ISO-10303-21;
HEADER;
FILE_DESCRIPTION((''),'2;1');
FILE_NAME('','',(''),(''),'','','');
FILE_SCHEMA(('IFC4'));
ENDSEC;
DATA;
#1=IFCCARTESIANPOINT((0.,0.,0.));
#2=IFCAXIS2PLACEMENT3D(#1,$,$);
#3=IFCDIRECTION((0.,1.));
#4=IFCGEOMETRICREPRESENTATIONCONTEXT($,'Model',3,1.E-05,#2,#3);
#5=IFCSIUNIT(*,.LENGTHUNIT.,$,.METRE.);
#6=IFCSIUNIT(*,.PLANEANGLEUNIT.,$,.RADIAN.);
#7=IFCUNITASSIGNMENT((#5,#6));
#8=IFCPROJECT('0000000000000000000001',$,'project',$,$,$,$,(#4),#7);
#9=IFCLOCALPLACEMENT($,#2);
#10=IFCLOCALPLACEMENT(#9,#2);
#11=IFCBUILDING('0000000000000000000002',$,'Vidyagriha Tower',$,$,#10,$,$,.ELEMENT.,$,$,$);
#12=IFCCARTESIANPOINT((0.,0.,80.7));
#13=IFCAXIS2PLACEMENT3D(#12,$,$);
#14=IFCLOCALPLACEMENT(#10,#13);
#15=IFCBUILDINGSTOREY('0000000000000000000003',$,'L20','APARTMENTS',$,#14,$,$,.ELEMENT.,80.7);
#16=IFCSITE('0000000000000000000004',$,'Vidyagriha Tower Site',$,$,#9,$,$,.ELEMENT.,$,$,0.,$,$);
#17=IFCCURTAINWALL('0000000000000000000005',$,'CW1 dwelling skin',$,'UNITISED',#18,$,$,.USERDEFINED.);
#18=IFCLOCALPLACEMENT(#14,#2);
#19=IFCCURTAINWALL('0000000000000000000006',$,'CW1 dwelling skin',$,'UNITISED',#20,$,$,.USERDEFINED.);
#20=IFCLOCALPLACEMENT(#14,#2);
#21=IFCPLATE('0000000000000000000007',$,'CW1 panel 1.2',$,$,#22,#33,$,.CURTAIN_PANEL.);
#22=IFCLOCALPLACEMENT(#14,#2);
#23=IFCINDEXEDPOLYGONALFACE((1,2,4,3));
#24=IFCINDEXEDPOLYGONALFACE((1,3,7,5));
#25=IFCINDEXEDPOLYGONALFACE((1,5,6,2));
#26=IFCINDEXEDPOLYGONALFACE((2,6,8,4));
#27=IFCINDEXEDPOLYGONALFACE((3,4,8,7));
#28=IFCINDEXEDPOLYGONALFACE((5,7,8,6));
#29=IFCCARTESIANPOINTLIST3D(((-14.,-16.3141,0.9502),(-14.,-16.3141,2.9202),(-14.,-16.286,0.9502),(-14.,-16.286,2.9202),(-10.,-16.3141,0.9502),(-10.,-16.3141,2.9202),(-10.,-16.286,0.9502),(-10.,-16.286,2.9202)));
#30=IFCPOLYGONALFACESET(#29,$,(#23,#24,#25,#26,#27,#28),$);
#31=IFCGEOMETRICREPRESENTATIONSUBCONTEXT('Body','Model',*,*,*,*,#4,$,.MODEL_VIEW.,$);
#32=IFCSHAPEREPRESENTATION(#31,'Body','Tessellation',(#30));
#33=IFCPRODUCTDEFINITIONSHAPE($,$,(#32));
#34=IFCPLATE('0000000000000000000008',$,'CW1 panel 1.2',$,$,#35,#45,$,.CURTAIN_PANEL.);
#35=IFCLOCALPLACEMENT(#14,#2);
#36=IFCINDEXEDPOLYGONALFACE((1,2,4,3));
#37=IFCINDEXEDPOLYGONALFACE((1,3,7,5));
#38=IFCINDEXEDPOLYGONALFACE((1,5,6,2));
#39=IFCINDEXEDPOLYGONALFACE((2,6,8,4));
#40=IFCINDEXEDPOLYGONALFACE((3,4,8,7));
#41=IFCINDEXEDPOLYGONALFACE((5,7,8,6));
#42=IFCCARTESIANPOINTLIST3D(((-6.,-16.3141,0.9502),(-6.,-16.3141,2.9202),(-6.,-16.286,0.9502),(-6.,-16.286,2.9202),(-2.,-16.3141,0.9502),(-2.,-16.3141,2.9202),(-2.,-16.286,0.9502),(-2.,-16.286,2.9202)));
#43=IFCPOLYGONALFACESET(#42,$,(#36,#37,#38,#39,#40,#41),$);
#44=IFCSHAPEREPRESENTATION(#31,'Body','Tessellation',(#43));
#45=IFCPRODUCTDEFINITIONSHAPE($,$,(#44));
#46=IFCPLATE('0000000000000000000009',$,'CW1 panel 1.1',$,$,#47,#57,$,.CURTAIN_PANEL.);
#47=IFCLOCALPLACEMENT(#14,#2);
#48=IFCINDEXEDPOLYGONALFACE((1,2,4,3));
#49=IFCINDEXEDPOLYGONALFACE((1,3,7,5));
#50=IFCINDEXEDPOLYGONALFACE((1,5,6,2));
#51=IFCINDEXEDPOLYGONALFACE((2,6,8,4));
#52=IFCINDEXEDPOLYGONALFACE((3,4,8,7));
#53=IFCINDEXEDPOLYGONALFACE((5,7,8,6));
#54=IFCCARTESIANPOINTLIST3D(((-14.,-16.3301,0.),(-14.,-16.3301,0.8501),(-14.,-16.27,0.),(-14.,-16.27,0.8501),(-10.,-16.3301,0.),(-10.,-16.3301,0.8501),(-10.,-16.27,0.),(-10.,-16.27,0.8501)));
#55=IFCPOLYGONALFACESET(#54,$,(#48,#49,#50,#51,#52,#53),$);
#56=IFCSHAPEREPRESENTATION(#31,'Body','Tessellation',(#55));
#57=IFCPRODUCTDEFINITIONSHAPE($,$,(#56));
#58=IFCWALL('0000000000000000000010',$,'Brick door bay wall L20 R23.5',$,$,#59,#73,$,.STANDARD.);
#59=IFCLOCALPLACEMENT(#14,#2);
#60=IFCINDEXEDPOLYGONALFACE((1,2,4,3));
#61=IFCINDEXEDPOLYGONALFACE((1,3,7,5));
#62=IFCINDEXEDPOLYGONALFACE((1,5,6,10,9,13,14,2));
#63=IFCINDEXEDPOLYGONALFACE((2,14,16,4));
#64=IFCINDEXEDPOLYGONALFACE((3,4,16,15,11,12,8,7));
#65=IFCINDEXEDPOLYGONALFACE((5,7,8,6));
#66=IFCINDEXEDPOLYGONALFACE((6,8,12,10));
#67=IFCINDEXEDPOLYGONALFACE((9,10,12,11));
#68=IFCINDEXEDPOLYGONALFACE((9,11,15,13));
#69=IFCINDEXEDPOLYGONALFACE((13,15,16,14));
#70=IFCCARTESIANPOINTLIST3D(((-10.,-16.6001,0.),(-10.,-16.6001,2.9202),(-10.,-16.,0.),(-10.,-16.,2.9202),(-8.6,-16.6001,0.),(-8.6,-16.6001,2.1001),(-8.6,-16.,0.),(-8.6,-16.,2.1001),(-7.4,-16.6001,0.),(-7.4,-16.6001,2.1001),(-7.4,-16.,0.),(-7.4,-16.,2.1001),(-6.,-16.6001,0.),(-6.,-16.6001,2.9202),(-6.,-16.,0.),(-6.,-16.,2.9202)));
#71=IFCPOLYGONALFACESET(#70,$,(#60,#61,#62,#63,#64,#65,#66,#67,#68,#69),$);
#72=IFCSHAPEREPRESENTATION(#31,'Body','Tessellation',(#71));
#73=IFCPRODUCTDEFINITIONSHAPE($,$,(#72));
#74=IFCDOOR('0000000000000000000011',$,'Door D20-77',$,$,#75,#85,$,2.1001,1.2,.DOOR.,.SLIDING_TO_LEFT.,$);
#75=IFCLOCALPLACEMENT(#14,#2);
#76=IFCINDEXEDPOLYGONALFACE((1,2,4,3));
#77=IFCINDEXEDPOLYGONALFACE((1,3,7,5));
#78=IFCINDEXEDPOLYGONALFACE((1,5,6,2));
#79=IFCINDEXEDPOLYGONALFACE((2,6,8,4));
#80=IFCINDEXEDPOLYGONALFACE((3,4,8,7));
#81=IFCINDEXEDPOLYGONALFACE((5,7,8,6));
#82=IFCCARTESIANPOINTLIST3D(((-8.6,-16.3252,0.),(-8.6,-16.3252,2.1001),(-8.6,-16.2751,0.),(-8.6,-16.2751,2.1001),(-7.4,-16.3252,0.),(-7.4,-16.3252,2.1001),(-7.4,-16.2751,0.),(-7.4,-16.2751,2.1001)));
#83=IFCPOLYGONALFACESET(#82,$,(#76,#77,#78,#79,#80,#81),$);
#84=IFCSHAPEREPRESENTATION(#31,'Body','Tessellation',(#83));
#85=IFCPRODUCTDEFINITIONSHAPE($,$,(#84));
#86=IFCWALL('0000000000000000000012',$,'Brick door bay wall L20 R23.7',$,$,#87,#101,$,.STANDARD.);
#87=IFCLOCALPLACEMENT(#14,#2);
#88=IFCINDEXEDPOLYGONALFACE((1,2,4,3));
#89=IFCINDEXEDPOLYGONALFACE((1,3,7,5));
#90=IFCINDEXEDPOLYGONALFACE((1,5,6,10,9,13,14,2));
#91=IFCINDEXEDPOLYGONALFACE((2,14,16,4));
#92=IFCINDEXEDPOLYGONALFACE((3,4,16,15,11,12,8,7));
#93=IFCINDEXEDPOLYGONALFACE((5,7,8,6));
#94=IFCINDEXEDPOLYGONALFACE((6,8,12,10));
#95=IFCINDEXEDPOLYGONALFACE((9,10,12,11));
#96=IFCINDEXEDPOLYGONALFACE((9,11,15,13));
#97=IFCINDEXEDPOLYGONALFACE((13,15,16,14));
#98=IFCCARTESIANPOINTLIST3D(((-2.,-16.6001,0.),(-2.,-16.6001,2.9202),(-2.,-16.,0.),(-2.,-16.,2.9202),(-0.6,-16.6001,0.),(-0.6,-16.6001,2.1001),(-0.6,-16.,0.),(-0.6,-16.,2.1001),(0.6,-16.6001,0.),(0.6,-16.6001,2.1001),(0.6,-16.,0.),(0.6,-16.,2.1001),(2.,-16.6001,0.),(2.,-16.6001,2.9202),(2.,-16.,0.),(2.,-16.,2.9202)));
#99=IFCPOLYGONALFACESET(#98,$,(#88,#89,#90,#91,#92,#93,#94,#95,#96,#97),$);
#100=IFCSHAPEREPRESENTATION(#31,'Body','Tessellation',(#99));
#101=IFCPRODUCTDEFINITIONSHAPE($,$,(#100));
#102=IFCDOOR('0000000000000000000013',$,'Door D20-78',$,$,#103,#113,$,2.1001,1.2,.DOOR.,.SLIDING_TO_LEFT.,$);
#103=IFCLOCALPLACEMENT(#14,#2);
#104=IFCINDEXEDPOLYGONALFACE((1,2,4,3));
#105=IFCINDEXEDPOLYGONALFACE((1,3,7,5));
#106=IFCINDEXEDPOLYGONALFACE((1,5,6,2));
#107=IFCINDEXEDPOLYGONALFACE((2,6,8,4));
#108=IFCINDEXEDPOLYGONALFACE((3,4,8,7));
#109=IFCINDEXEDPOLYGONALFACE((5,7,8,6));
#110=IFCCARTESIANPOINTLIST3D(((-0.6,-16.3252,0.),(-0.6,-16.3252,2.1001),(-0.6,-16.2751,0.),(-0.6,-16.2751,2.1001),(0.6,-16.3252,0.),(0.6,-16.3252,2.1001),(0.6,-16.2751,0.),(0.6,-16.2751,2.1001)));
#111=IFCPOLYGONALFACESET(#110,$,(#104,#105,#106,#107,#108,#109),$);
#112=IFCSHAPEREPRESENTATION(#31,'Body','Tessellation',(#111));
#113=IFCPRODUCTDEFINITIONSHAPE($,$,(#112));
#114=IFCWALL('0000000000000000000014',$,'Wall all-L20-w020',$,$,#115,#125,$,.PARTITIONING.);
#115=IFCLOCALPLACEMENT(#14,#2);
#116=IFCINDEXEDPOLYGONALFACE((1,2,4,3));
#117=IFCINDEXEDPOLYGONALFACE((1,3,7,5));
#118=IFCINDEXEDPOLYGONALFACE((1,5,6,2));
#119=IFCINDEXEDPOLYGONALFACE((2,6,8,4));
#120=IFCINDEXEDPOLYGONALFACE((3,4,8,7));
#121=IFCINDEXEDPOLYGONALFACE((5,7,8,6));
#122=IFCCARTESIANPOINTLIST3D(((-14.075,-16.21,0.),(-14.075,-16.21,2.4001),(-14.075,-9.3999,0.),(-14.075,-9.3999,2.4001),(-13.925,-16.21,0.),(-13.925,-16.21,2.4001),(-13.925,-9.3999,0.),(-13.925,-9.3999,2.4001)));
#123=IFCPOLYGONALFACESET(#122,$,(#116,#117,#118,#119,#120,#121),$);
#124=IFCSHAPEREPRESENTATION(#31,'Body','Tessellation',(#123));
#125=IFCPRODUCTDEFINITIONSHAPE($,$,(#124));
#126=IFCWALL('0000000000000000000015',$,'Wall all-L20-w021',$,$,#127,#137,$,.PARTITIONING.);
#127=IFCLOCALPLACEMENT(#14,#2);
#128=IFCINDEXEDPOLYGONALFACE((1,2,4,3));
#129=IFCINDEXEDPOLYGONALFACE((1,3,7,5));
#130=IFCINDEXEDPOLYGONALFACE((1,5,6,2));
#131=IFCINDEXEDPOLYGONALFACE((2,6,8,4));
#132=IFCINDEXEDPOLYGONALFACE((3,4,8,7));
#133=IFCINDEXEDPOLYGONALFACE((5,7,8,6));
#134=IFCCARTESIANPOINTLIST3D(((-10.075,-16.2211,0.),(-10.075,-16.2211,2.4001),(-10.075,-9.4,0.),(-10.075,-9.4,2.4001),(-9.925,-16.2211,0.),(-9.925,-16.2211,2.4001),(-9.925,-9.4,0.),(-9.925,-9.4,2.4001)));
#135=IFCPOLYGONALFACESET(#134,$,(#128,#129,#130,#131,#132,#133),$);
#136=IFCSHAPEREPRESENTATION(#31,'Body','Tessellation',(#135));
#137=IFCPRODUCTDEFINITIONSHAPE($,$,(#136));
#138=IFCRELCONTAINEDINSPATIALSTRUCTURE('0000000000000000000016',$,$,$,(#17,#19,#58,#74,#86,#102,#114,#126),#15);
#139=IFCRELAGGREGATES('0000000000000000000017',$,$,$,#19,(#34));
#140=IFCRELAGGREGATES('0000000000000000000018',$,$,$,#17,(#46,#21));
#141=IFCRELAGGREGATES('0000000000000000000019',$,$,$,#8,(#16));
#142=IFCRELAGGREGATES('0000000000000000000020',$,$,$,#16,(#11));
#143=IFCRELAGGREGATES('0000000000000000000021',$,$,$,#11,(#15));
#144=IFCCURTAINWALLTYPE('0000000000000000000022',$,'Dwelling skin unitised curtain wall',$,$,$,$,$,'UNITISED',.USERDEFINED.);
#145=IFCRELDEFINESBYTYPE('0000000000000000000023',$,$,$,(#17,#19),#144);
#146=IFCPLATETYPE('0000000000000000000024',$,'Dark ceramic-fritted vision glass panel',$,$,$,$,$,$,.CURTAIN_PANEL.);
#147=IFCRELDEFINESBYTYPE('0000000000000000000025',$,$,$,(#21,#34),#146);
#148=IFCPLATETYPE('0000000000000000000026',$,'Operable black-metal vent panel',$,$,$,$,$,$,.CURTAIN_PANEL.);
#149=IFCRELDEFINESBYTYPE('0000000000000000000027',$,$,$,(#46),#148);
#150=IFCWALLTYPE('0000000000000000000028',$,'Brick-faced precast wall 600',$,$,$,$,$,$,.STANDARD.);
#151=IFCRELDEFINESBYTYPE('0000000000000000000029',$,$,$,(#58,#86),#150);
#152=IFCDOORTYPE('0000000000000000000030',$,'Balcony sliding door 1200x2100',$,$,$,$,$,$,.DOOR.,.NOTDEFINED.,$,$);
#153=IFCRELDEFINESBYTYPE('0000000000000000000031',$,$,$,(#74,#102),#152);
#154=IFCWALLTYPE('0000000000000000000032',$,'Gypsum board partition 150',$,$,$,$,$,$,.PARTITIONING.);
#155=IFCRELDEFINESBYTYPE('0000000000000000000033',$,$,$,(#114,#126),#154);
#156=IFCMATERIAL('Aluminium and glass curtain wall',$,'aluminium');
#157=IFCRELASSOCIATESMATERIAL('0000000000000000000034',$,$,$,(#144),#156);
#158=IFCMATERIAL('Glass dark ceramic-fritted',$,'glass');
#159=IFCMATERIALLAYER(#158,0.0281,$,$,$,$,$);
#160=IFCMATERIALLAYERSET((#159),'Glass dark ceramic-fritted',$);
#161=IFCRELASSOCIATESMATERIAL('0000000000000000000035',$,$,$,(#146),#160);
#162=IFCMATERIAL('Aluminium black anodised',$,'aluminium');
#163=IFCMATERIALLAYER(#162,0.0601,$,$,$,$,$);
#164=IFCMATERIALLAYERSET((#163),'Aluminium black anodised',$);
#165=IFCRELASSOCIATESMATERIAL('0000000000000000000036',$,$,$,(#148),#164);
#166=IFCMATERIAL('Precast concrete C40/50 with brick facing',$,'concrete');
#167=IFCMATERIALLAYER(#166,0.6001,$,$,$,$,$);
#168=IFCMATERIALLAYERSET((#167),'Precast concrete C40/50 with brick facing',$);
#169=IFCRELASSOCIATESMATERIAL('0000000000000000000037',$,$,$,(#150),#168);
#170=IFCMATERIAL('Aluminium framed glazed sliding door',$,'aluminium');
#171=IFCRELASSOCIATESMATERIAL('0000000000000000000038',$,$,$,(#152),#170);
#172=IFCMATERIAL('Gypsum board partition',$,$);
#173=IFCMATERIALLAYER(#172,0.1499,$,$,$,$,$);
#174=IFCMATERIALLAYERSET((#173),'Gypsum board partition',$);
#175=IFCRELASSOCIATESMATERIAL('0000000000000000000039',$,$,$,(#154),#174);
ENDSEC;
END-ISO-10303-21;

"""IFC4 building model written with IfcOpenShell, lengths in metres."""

from ifc_helpers import new_model, si_unit, direction, frame, frame_2d, origin, origin_2d, place, context, subcontext, project, spatial, rectangle, extrude, material, layer, layer_set, type_object, element, fill, aggregate, save


model = new_model("IFC4")

# Units and contexts
model_context = context("Model", 3, precision=1e-05, world=origin(), true_north=direction((0.0, 1.0)))
body_context = subcontext(model_context, "Body", "Model", "MODEL_VIEW")
ifc_project = project(units=[si_unit("LENGTHUNIT", "METRE"), si_unit("PLANEANGLEUNIT", "RADIAN")], contexts=[model_context])

# Site, building, storey
site_placement = place(None, origin())
site = spatial("IfcSite", under=ifc_project, at=site_placement, Name="Vidyagriha Tower Site", CompositionType="ELEMENT", RefElevation=0.0)
building_placement = place(site_placement, origin())
building = spatial("IfcBuilding", under=site, at=building_placement, Name="Vidyagriha Tower", CompositionType="ELEMENT")
storey_placement = place(building_placement, frame((0.0, 0.0, 80.7)))
storey = spatial("IfcBuildingStorey", under=building, at=storey_placement, Name="L20", Description="APARTMENTS", CompositionType="ELEMENT", Elevation=80.7)

# Curtain walls
ifc_material_1 = material(Name="Aluminium and glass curtain wall", Category="aluminium")
curtain_wall_type = type_object("IfcCurtainWallType", Name="Dwelling skin unitised curtain wall", ElementType="UNITISED", PredefinedType="USERDEFINED", material=ifc_material_1)
curtain_wall_1_placement = place(storey_placement, origin())
curtain_wall_1 = element("IfcCurtainWall", 1, at=curtain_wall_1_placement, inside=storey, type_object=curtain_wall_type, Name="CW1 dwelling skin", ObjectType="UNITISED", PredefinedType="USERDEFINED")
curtain_wall_2_placement = place(storey_placement, origin())
curtain_wall_2 = element("IfcCurtainWall", 2, at=curtain_wall_2_placement, inside=storey, type_object=curtain_wall_type, Name="CW1 dwelling skin", ObjectType="UNITISED", PredefinedType="USERDEFINED")

# Plates
ifc_material_2 = material(Name="Glass dark ceramic-fritted", Category="glass")
ifc_layer_1 = layer(ifc_material_2, 0.0281)
ifc_layer_set_1 = layer_set([ifc_layer_1], Name="Glass dark ceramic-fritted")
plate_type_1 = type_object("IfcPlateType", Name="Dark ceramic-fritted vision glass panel", PredefinedType="CURTAIN_PANEL", material=ifc_layer_set_1)
plate_1_placement = place(storey_placement, frame((-12.0, -16.3, 0.9502)))
plate_1 = element("IfcPlate", 3, at=plate_1_placement, type_object=plate_type_1, Name="CW1 panel 1.2", PredefinedType="CURTAIN_PANEL", context=body_context, shape_type="SweptSolid", body=[
    extrude(rectangle(XDim=4.0, YDim=0.0281, at=origin_2d()), origin(), (0.0, 0.0, 1.0), 1.97),
])
plate_2_placement = place(storey_placement, frame((-4.0, -16.3, 0.9502)))
plate_2 = element("IfcPlate", 4, at=plate_2_placement, type_object=plate_type_1, Name="CW1 panel 1.2", PredefinedType="CURTAIN_PANEL", context=body_context, shape_type="SweptSolid", body=[
    extrude(rectangle(XDim=4.0, YDim=0.0281, at=origin_2d()), origin(), (0.0, 0.0, 1.0), 1.97),
])
aggregate(curtain_wall_2, [plate_2])
ifc_material_3 = material(Name="Aluminium black anodised", Category="aluminium")
ifc_layer_2 = layer(ifc_material_3, 0.0601)
ifc_layer_set_2 = layer_set([ifc_layer_2], Name="Aluminium black anodised")
plate_type_2 = type_object("IfcPlateType", Name="Operable black-metal vent panel", PredefinedType="CURTAIN_PANEL", material=ifc_layer_set_2)
plate_3_placement = place(storey_placement, frame((-12.0, -16.3, 0.0)))
plate_3 = element("IfcPlate", 5, at=plate_3_placement, type_object=plate_type_2, Name="CW1 panel 1.1", PredefinedType="CURTAIN_PANEL", context=body_context, shape_type="SweptSolid", body=[
    extrude(rectangle(XDim=4.0, YDim=0.0601, at=origin_2d()), origin(), (0.0, 0.0, 1.0), 0.8501),
])
aggregate(curtain_wall_1, [plate_3, plate_1])

# Walls, openings, doors
ifc_material_4 = material(Name="Precast concrete C40/50 with brick facing", Category="concrete")
ifc_layer_3 = layer(ifc_material_4, 0.6001)
ifc_layer_set_3 = layer_set([ifc_layer_3], Name="Precast concrete C40/50 with brick facing")
wall_type_1 = type_object("IfcWallType", Name="Brick-faced precast wall 600", PredefinedType="STANDARD", material=ifc_layer_set_3)
wall_1_placement = place(storey_placement, frame((-10.0, -16.3, 0.0)))
wall_1 = element("IfcWall", 6, at=wall_1_placement, inside=storey, type_object=wall_type_1, Name="Brick door bay wall L20 R23.5", PredefinedType="STANDARD", context=body_context, shape_type="SweptSolid", body=[
    extrude(rectangle(XDim=4.0, YDim=0.6001, at=frame_2d((2.0, 0.0))), origin(), (0.0, 0.0, 1.0), 2.9202),
])
opening_1_placement = place(wall_1_placement, frame((1.3999, 0.0, 0.0)))
opening_1 = element("IfcOpeningElement", 7, at=opening_1_placement, cuts=wall_1, PredefinedType="OPENING", context=body_context, shape_type="SweptSolid", body=[
    extrude(rectangle(XDim=1.2, YDim=2.1001, at=frame_2d((0.6001, 1.05))), frame((0.0, 0.3101, 0.0), z_axis=(0.0, -1.0, 0.0), x_axis=(1.0, 0.0, 0.0)), (0.0, 0.0, 1.0), 0.6201),
])
ifc_material_5 = material(Name="Aluminium framed glazed sliding door", Category="aluminium")
door_type = type_object("IfcDoorType", Name="Balcony sliding door 1200x2100", OperationType="NOTDEFINED", PredefinedType="DOOR", material=ifc_material_5)
door_1_placement = place(opening_1_placement, origin())
door_1 = element("IfcDoor", 8, at=door_1_placement, inside=storey, type_object=door_type, Name="Door D20-77", OperationType="SLIDING_TO_LEFT", OverallHeight=2.1001, OverallWidth=1.2, PredefinedType="DOOR", context=body_context, shape_type="SweptSolid", body=[
    extrude(rectangle(XDim=1.2, YDim=2.1001, at=frame_2d((0.6001, 1.05))), frame((0.0, 0.0249, 0.0), z_axis=(0.0, -1.0, 0.0), x_axis=(1.0, 0.0, 0.0)), (0.0, 0.0, 1.0), 0.05),
])
fill(opening_1, door_1)
wall_2_placement = place(storey_placement, frame((-2.0, -16.3, 0.0)))
wall_2 = element("IfcWall", 9, at=wall_2_placement, inside=storey, type_object=wall_type_1, Name="Brick door bay wall L20 R23.7", PredefinedType="STANDARD", context=body_context, shape_type="SweptSolid", body=[
    extrude(rectangle(XDim=4.0, YDim=0.6001, at=frame_2d((2.0, 0.0))), origin(), (0.0, 0.0, 1.0), 2.9202),
])
opening_2_placement = place(wall_2_placement, frame((1.3999, 0.0, 0.0)))
opening_2 = element("IfcOpeningElement", 10, at=opening_2_placement, cuts=wall_2, PredefinedType="OPENING", context=body_context, shape_type="SweptSolid", body=[
    extrude(rectangle(XDim=1.2, YDim=2.1001, at=frame_2d((0.6001, 1.05))), frame((0.0, 0.3101, 0.0), z_axis=(0.0, -1.0, 0.0), x_axis=(1.0, 0.0, 0.0)), (0.0, 0.0, 1.0), 0.6201),
])
door_2_placement = place(opening_2_placement, origin())
door_2 = element("IfcDoor", 11, at=door_2_placement, inside=storey, type_object=door_type, Name="Door D20-78", OperationType="SLIDING_TO_LEFT", OverallHeight=2.1001, OverallWidth=1.2, PredefinedType="DOOR", context=body_context, shape_type="SweptSolid", body=[
    extrude(rectangle(XDim=1.2, YDim=2.1001, at=frame_2d((0.6001, 1.05))), frame((0.0, 0.0249, 0.0), z_axis=(0.0, -1.0, 0.0), x_axis=(1.0, 0.0, 0.0)), (0.0, 0.0, 1.0), 0.05),
])
fill(opening_2, door_2)

# Walls
ifc_material_6 = material(Name="Gypsum board partition")
ifc_layer_4 = layer(ifc_material_6, 0.1499)
ifc_layer_set_4 = layer_set([ifc_layer_4], Name="Gypsum board partition")
wall_type_2 = type_object("IfcWallType", Name="Gypsum board partition 150", PredefinedType="PARTITIONING", material=ifc_layer_set_4)
wall_3_placement = place(storey_placement, frame((-14.0, -9.3999, 0.0), z_axis=(0.0, 0.0, 1.0), x_axis=(0.0, -1.0, 0.0)))
element("IfcWall", 12, at=wall_3_placement, inside=storey, type_object=wall_type_2, Name="Wall all-L20-w020", PredefinedType="PARTITIONING", context=body_context, shape_type="SweptSolid", body=[
    extrude(rectangle(XDim=6.8101, YDim=0.1499, at=frame_2d((3.405, 0.0))), origin(), (0.0, 0.0, 1.0), 2.4001),
])
wall_4_placement = place(storey_placement, frame((-10.0, -9.3999, 0.0), z_axis=(0.0, 0.0, 1.0), x_axis=(0.0, -1.0, 0.0)))
element("IfcWall", 13, at=wall_4_placement, inside=storey, type_object=wall_type_2, Name="Wall all-L20-w021", PredefinedType="PARTITIONING", context=body_context, shape_type="SweptSolid", body=[
    extrude(rectangle(XDim=6.821, YDim=0.1499, at=frame_2d((3.4106, 0.0))), origin(), (0.0, 0.0, 1.0), 2.4001),
])

save(model, "model.ifc")
